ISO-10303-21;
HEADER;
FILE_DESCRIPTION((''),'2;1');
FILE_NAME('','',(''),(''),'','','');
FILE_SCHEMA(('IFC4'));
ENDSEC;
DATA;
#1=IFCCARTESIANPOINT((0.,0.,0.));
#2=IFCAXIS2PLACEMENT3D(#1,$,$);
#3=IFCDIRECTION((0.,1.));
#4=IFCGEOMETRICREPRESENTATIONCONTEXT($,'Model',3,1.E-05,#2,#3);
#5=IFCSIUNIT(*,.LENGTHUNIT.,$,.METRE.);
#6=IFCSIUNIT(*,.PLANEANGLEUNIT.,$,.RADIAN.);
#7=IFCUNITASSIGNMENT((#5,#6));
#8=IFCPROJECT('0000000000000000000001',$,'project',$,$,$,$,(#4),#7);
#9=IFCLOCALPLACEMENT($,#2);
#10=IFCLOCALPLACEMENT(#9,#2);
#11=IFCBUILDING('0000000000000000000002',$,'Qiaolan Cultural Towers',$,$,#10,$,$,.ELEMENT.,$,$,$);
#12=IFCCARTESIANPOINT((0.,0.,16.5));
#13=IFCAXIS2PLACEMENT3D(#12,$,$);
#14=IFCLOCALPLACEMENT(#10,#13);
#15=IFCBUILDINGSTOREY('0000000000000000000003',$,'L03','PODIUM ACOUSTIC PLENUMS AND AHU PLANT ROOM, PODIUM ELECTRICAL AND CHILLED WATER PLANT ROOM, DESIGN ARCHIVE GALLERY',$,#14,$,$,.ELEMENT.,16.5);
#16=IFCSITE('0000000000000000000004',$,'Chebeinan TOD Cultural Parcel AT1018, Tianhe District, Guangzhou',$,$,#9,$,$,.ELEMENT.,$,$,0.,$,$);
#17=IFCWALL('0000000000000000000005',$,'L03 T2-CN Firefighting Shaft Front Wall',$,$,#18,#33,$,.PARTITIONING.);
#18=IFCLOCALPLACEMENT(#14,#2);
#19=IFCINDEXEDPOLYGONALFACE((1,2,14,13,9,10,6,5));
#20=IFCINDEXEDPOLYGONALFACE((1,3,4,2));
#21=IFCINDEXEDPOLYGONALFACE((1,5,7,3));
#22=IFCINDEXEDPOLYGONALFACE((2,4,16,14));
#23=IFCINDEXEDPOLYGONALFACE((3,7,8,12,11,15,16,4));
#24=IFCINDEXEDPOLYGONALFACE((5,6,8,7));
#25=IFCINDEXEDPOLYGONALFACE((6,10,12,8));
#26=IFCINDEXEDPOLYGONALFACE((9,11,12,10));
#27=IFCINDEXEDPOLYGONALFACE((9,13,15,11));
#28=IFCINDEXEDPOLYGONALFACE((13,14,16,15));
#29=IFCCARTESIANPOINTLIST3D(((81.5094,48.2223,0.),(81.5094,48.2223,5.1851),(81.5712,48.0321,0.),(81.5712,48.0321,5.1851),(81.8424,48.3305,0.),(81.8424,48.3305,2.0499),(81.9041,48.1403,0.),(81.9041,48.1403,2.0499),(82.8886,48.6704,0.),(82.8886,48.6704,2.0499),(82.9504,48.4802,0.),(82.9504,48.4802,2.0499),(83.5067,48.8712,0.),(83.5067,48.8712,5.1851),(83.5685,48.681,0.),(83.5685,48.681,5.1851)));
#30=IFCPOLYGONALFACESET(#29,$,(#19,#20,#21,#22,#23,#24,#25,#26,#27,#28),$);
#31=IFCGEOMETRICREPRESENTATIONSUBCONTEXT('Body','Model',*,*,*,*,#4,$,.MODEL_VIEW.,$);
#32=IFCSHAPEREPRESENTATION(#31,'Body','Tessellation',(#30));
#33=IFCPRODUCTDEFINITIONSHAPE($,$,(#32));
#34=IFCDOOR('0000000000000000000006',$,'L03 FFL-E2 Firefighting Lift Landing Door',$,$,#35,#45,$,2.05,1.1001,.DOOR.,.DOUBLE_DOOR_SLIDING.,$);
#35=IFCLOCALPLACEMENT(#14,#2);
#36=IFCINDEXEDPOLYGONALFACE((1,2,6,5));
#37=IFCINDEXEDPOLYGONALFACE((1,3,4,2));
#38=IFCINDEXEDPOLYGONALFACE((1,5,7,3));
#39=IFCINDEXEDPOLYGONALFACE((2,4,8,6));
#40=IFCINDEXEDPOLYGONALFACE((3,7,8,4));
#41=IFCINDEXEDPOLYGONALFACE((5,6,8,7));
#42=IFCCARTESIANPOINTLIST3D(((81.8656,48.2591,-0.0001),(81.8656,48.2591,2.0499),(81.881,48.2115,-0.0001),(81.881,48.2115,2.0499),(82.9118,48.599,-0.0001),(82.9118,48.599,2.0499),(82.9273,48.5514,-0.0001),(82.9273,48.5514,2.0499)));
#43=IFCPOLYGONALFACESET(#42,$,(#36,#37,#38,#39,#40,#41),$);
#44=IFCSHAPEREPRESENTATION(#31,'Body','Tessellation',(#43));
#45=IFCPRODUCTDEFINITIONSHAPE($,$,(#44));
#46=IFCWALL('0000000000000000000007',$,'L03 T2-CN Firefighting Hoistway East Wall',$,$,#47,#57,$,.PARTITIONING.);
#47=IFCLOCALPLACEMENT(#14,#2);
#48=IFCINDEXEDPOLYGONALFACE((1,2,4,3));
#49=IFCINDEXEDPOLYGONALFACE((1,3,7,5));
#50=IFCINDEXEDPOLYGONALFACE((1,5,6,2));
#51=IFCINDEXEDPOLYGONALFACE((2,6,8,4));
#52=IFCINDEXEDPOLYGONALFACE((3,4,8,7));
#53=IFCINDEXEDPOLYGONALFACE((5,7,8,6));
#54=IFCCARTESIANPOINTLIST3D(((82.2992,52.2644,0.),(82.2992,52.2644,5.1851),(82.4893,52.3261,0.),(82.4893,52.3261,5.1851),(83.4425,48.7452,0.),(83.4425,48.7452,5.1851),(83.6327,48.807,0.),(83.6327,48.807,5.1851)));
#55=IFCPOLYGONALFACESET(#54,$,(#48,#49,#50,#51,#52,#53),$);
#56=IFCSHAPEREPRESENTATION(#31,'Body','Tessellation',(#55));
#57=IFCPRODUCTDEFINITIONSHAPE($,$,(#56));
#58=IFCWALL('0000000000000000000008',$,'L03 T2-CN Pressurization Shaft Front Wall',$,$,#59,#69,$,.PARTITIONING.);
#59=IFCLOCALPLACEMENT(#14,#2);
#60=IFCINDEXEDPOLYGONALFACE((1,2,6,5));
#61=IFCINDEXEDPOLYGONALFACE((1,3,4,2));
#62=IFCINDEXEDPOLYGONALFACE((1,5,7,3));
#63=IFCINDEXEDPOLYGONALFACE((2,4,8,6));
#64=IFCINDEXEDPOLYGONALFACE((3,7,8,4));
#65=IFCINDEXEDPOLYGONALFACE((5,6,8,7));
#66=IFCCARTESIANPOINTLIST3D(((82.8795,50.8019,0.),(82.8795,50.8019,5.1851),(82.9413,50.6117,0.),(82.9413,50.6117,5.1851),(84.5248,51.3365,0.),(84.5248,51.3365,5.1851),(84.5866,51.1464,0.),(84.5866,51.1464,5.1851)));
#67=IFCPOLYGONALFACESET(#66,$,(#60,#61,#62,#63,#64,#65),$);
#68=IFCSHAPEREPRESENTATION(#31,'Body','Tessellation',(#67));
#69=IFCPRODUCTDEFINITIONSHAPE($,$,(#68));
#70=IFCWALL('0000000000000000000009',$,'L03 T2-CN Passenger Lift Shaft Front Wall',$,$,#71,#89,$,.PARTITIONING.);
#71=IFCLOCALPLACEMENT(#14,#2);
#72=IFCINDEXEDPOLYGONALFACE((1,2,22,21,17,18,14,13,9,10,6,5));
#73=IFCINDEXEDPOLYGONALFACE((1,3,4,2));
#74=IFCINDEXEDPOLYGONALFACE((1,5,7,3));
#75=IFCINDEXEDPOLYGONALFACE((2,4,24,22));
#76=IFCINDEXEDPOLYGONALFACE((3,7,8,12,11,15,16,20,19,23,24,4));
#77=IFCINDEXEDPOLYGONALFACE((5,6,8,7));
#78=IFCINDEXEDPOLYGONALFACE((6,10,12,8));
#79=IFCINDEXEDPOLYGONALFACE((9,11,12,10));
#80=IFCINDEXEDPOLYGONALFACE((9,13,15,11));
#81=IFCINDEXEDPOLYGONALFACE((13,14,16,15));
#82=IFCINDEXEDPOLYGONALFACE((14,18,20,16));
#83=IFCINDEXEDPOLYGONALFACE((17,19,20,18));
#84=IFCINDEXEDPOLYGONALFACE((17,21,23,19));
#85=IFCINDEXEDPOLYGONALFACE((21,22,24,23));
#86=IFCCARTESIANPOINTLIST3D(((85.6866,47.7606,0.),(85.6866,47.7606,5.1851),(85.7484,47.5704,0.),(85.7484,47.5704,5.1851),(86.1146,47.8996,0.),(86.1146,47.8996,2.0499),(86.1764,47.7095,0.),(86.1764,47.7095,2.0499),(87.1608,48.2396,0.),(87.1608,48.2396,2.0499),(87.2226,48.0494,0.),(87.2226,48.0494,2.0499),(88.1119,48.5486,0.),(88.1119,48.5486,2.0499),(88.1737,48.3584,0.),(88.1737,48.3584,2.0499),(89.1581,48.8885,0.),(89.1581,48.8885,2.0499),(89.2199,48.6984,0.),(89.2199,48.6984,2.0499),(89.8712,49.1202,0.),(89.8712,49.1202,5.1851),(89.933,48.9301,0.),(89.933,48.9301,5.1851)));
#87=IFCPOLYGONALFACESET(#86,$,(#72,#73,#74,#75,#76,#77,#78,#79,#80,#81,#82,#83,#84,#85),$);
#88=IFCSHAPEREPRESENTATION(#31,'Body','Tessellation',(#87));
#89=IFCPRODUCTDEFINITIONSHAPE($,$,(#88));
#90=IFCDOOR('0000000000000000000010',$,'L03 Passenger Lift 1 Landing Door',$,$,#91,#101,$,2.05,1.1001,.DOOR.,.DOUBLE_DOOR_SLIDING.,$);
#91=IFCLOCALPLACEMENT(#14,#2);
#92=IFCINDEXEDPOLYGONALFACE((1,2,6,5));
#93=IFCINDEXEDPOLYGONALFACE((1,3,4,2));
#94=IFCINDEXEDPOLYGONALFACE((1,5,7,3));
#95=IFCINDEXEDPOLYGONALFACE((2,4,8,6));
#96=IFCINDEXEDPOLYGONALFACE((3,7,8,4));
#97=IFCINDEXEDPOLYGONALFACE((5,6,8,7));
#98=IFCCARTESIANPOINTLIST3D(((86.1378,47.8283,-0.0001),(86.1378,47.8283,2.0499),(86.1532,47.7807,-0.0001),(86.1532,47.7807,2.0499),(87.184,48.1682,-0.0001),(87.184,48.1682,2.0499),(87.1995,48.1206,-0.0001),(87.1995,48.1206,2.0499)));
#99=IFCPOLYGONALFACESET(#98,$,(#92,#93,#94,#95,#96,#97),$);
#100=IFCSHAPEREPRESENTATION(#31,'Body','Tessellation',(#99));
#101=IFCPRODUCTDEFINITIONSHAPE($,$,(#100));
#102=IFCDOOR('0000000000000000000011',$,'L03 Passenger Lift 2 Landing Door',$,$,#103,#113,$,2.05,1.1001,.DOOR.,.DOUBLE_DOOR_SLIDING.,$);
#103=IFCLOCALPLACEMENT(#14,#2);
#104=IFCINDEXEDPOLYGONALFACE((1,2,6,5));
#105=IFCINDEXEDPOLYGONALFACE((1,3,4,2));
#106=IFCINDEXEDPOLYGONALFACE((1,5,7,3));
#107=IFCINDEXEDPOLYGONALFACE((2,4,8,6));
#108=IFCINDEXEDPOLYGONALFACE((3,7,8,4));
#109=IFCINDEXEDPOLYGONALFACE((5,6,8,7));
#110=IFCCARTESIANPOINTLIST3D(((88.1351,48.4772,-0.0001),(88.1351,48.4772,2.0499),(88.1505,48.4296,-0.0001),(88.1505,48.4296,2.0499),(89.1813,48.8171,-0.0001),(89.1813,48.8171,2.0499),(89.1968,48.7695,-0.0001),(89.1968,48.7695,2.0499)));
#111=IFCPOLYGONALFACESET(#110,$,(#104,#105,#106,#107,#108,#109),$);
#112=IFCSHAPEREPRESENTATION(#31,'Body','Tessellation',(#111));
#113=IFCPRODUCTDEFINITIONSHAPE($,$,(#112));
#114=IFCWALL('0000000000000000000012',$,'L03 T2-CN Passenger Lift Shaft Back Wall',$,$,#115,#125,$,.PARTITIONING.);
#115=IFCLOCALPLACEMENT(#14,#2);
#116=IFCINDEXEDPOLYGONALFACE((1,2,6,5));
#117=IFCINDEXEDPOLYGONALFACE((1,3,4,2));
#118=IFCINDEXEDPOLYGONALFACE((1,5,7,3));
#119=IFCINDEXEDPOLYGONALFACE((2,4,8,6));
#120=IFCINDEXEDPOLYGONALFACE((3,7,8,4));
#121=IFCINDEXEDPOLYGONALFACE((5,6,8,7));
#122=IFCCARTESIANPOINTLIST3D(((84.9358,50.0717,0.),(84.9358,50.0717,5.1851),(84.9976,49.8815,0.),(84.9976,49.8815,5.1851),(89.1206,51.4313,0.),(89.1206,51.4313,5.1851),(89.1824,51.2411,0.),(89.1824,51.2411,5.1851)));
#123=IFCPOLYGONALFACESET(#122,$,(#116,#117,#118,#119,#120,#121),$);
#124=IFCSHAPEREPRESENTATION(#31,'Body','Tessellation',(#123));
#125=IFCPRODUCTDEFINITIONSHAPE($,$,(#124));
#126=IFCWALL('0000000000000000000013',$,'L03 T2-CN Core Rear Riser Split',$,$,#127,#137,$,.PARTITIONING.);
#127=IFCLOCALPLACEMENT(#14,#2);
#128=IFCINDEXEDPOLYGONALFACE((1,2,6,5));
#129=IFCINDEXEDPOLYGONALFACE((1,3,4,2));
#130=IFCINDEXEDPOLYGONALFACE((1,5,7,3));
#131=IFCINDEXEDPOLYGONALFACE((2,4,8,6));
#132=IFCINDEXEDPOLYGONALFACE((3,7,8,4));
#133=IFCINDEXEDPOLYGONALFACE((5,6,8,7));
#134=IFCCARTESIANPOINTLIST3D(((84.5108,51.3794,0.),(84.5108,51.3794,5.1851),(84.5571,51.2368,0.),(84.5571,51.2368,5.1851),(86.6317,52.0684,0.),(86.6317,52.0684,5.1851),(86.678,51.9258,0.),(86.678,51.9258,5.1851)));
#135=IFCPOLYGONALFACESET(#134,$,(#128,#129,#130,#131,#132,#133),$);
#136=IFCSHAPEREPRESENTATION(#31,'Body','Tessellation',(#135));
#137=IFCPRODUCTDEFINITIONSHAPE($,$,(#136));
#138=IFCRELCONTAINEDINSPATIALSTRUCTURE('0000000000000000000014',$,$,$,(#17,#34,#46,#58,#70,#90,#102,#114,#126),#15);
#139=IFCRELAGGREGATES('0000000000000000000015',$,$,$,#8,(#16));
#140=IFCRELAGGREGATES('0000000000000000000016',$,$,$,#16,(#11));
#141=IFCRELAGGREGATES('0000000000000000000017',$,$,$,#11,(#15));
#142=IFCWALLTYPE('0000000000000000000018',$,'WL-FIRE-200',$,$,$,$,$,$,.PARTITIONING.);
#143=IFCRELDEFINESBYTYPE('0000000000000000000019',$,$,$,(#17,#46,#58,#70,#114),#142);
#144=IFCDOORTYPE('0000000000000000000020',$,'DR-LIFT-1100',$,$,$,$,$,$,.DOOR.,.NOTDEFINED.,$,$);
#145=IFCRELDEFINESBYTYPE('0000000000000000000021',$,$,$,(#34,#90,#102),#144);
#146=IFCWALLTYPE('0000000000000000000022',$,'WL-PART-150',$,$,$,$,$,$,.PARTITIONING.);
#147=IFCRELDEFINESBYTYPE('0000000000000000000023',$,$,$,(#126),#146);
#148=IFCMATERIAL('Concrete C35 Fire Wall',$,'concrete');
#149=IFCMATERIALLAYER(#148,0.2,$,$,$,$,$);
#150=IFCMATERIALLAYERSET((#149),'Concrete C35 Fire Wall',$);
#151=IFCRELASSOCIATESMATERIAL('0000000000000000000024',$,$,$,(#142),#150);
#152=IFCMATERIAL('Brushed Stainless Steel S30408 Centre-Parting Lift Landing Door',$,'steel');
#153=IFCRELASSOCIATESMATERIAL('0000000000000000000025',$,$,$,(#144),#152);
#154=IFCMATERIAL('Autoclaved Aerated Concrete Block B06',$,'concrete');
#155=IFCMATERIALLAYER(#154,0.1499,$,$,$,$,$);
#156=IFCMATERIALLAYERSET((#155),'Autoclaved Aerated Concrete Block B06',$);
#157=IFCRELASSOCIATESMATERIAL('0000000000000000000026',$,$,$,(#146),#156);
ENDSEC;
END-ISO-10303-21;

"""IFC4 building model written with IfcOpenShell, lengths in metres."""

from ifc_helpers import new_model, si_unit, direction, frame, frame_2d, origin, place, context, subcontext, project, spatial, rectangle, extrude, material, layer, layer_set, type_object, element, fill, save


model = new_model("IFC4")

# Units and contexts
model_context = context("Model", 3, precision=1e-05, world=origin(), true_north=direction((0.0, 1.0)))
body_context = subcontext(model_context, "Body", "Model", "MODEL_VIEW")
ifc_project = project(units=[si_unit("LENGTHUNIT", "METRE"), si_unit("PLANEANGLEUNIT", "RADIAN")], contexts=[model_context])

# Site, building, storey
site_placement = place(None, origin())
site = spatial("IfcSite", under=ifc_project, at=site_placement, Name="Chebeinan TOD Cultural Parcel AT1018, Tianhe District, Guangzhou", CompositionType="ELEMENT", RefElevation=0.0)
building_placement = place(site_placement, origin())
building = spatial("IfcBuilding", under=site, at=building_placement, Name="Qiaolan Cultural Towers", CompositionType="ELEMENT")
storey_placement = place(building_placement, frame((0.0, 0.0, 16.5)))
storey = spatial("IfcBuildingStorey", under=building, at=storey_placement, Name="L03", Description="PODIUM ACOUSTIC PLENUMS AND AHU PLANT ROOM, PODIUM ELECTRICAL AND CHILLED WATER PLANT ROOM, DESIGN ARCHIVE GALLERY", CompositionType="ELEMENT", Elevation=16.5)

# Wall, opening, door
ifc_material_1 = material(Name="Concrete C35 Fire Wall", Category="concrete")
ifc_layer_1 = layer(ifc_material_1, 0.2)
ifc_layer_set_1 = layer_set([ifc_layer_1], Name="Concrete C35 Fire Wall")
wall_type_1 = type_object("IfcWallType", Name="WL-FIRE-200", PredefinedType="PARTITIONING", material=ifc_layer_set_1)
wall_1_placement = place(storey_placement, frame((81.5403, 48.1272, 0.0), z_axis=(0.0, 0.0, 1.0), x_axis=(0.951062, 0.308999, 0.0)))
wall_1 = element("IfcWall", 1, at=wall_1_placement, inside=storey, type_object=wall_type_1, Name="L03 T2-CN Firefighting Shaft Front Wall", PredefinedType="PARTITIONING", context=body_context, shape_type="SweptSolid", body=[
    extrude(rectangle(XDim=2.1001, YDim=0.2, at=frame_2d((1.05, 0.0))), origin(), (0.0, 0.0, 1.0), 5.1851),
])
opening_1_placement = place(wall_1_placement, frame((0.3501, 0.0, 0.0)))
opening_1 = element("IfcOpeningElement", 2, at=opening_1_placement, cuts=wall_1, PredefinedType="OPENING", context=body_context, shape_type="SweptSolid", body=[
    extrude(rectangle(XDim=1.1001, YDim=2.05, at=frame_2d((0.55, 1.0249))), frame((0.0, 0.1099, 0.0), z_axis=(0.0, -1.0, 0.0), x_axis=(1.0, 0.0, 0.0)), (0.0, 0.0, 1.0), 0.22),
])
ifc_material_2 = material(Name="Brushed Stainless Steel S30408 Centre-Parting Lift Landing Door", Category="steel")
door_type_1 = type_object("IfcDoorType", Name="DR-LIFT-1100", OperationType="NOTDEFINED", PredefinedType="DOOR", material=ifc_material_2)
door_1_placement = place(opening_1_placement, origin())
door_1 = element("IfcDoor", 3, at=door_1_placement, inside=storey, type_object=door_type_1, Name="L03 FFL-E2 Firefighting Lift Landing Door", OperationType="DOUBLE_DOOR_SLIDING", OverallHeight=2.05, OverallWidth=1.1001, PredefinedType="DOOR", context=body_context, shape_type="SweptSolid", body=[
    extrude(rectangle(XDim=1.1001, YDim=2.05, at=frame_2d((0.55, 1.0249))), frame((0.0, 0.0249, 0.0), z_axis=(0.0, -1.0, 0.0), x_axis=(1.0, 0.0, 0.0)), (0.0, 0.0, 1.0), 0.05),
])
fill(opening_1, door_1)

# Walls
wall_2_placement = place(storey_placement, frame((83.5376, 48.7761, 0.0), z_axis=(0.0, 0.0, 1.0), x_axis=(-0.308994, 0.951064, 0.0)))
element("IfcWall", 4, at=wall_2_placement, inside=storey, type_object=wall_type_1, Name="L03 T2-CN Firefighting Hoistway East Wall", PredefinedType="PARTITIONING", context=body_context, shape_type="SweptSolid", body=[
    extrude(rectangle(XDim=3.7002, YDim=0.2, at=frame_2d((1.8501, 0.0))), origin(), (0.0, 0.0, 1.0), 5.1851),
])
wall_3_placement = place(storey_placement, frame((82.9104, 50.7068, 0.0), z_axis=(0.0, 0.0, 1.0), x_axis=(0.951041, 0.309064, 0.0)))
element("IfcWall", 5, at=wall_3_placement, inside=storey, type_object=wall_type_1, Name="L03 T2-CN Pressurization Shaft Front Wall", PredefinedType="PARTITIONING", context=body_context, shape_type="SweptSolid", body=[
    extrude(rectangle(XDim=1.73, YDim=0.2, at=frame_2d((0.865, 0.0))), origin(), (0.0, 0.0, 1.0), 5.1851),
])

# Wall, openings, doors
wall_4_placement = place(storey_placement, frame((85.7175, 47.6655, 0.0), z_axis=(0.0, 0.0, 1.0), x_axis=(0.951059, 0.309011, 0.0)))
wall_4 = element("IfcWall", 6, at=wall_4_placement, inside=storey, type_object=wall_type_1, Name="L03 T2-CN Passenger Lift Shaft Front Wall", PredefinedType="PARTITIONING", context=body_context, shape_type="SweptSolid", body=[
    extrude(rectangle(XDim=4.3999, YDim=0.2, at=frame_2d((2.2, 0.0))), origin(), (0.0, 0.0, 1.0), 5.1851),
])
opening_2_placement = place(wall_4_placement, frame((0.45, 0.0, 0.0)))
opening_2 = element("IfcOpeningElement", 7, at=opening_2_placement, cuts=wall_4, PredefinedType="OPENING", context=body_context, shape_type="SweptSolid", body=[
    extrude(rectangle(XDim=1.1001, YDim=2.05, at=frame_2d((0.55, 1.0249))), frame((0.0, 0.1099, 0.0), z_axis=(0.0, -1.0, 0.0), x_axis=(1.0, 0.0, 0.0)), (0.0, 0.0, 1.0), 0.22),
])
opening_3_placement = place(wall_4_placement, frame((2.55, 0.0, 0.0)))
opening_3 = element("IfcOpeningElement", 8, at=opening_3_placement, cuts=wall_4, PredefinedType="OPENING", context=body_context, shape_type="SweptSolid", body=[
    extrude(rectangle(XDim=1.1001, YDim=2.05, at=frame_2d((0.55, 1.0249))), frame((0.0, 0.1099, 0.0), z_axis=(0.0, -1.0, 0.0), x_axis=(1.0, 0.0, 0.0)), (0.0, 0.0, 1.0), 0.22),
])
door_2_placement = place(opening_2_placement, origin())
door_2 = element("IfcDoor", 9, at=door_2_placement, inside=storey, type_object=door_type_1, Name="L03 Passenger Lift 1 Landing Door", OperationType="DOUBLE_DOOR_SLIDING", OverallHeight=2.05, OverallWidth=1.1001, PredefinedType="DOOR", context=body_context, shape_type="SweptSolid", body=[
    extrude(rectangle(XDim=1.1001, YDim=2.05, at=frame_2d((0.55, 1.0249))), frame((0.0, 0.0249, 0.0), z_axis=(0.0, -1.0, 0.0), x_axis=(1.0, 0.0, 0.0)), (0.0, 0.0, 1.0), 0.05),
])
fill(opening_2, door_2)
door_3_placement = place(opening_3_placement, origin())
door_3 = element("IfcDoor", 10, at=door_3_placement, inside=storey, type_object=door_type_1, Name="L03 Passenger Lift 2 Landing Door", OperationType="DOUBLE_DOOR_SLIDING", OverallHeight=2.05, OverallWidth=1.1001, PredefinedType="DOOR", context=body_context, shape_type="SweptSolid", body=[
    extrude(rectangle(XDim=1.1001, YDim=2.05, at=frame_2d((0.55, 1.0249))), frame((0.0, 0.0249, 0.0), z_axis=(0.0, -1.0, 0.0), x_axis=(1.0, 0.0, 0.0)), (0.0, 0.0, 1.0), 0.05),
])
fill(opening_3, door_3)

# Walls
wall_5_placement = place(storey_placement, frame((84.9666, 49.9766, 0.0), z_axis=(0.0, 0.0, 1.0), x_axis=(0.951064, 0.308994, 0.0)))
element("IfcWall", 11, at=wall_5_placement, inside=storey, type_object=wall_type_1, Name="L03 T2-CN Passenger Lift Shaft Back Wall", PredefinedType="PARTITIONING", context=body_context, shape_type="SweptSolid", body=[
    extrude(rectangle(XDim=4.4001, YDim=0.2, at=frame_2d((2.2002, 0.0))), origin(), (0.0, 0.0, 1.0), 5.1851),
])
ifc_material_3 = material(Name="Autoclaved Aerated Concrete Block B06", Category="concrete")
ifc_layer_2 = layer(ifc_material_3, 0.1499)
ifc_layer_set_2 = layer_set([ifc_layer_2], Name="Autoclaved Aerated Concrete Block B06")
wall_type_2 = type_object("IfcWallType", Name="WL-PART-150", PredefinedType="PARTITIONING", material=ifc_layer_set_2)
wall_6_placement = place(storey_placement, frame((84.5339, 51.3081, 0.0), z_axis=(0.0, 0.0, 1.0), x_axis=(0.951075, 0.30896, 0.0)))
element("IfcWall", 12, at=wall_6_placement, inside=storey, type_object=wall_type_2, Name="L03 T2-CN Core Rear Riser Split", PredefinedType="PARTITIONING", context=body_context, shape_type="SweptSolid", body=[
    extrude(rectangle(XDim=2.23, YDim=0.1499, at=frame_2d((1.115, 0.0))), origin(), (0.0, 0.0, 1.0), 5.1851),
])

save(model, "model.ifc")
